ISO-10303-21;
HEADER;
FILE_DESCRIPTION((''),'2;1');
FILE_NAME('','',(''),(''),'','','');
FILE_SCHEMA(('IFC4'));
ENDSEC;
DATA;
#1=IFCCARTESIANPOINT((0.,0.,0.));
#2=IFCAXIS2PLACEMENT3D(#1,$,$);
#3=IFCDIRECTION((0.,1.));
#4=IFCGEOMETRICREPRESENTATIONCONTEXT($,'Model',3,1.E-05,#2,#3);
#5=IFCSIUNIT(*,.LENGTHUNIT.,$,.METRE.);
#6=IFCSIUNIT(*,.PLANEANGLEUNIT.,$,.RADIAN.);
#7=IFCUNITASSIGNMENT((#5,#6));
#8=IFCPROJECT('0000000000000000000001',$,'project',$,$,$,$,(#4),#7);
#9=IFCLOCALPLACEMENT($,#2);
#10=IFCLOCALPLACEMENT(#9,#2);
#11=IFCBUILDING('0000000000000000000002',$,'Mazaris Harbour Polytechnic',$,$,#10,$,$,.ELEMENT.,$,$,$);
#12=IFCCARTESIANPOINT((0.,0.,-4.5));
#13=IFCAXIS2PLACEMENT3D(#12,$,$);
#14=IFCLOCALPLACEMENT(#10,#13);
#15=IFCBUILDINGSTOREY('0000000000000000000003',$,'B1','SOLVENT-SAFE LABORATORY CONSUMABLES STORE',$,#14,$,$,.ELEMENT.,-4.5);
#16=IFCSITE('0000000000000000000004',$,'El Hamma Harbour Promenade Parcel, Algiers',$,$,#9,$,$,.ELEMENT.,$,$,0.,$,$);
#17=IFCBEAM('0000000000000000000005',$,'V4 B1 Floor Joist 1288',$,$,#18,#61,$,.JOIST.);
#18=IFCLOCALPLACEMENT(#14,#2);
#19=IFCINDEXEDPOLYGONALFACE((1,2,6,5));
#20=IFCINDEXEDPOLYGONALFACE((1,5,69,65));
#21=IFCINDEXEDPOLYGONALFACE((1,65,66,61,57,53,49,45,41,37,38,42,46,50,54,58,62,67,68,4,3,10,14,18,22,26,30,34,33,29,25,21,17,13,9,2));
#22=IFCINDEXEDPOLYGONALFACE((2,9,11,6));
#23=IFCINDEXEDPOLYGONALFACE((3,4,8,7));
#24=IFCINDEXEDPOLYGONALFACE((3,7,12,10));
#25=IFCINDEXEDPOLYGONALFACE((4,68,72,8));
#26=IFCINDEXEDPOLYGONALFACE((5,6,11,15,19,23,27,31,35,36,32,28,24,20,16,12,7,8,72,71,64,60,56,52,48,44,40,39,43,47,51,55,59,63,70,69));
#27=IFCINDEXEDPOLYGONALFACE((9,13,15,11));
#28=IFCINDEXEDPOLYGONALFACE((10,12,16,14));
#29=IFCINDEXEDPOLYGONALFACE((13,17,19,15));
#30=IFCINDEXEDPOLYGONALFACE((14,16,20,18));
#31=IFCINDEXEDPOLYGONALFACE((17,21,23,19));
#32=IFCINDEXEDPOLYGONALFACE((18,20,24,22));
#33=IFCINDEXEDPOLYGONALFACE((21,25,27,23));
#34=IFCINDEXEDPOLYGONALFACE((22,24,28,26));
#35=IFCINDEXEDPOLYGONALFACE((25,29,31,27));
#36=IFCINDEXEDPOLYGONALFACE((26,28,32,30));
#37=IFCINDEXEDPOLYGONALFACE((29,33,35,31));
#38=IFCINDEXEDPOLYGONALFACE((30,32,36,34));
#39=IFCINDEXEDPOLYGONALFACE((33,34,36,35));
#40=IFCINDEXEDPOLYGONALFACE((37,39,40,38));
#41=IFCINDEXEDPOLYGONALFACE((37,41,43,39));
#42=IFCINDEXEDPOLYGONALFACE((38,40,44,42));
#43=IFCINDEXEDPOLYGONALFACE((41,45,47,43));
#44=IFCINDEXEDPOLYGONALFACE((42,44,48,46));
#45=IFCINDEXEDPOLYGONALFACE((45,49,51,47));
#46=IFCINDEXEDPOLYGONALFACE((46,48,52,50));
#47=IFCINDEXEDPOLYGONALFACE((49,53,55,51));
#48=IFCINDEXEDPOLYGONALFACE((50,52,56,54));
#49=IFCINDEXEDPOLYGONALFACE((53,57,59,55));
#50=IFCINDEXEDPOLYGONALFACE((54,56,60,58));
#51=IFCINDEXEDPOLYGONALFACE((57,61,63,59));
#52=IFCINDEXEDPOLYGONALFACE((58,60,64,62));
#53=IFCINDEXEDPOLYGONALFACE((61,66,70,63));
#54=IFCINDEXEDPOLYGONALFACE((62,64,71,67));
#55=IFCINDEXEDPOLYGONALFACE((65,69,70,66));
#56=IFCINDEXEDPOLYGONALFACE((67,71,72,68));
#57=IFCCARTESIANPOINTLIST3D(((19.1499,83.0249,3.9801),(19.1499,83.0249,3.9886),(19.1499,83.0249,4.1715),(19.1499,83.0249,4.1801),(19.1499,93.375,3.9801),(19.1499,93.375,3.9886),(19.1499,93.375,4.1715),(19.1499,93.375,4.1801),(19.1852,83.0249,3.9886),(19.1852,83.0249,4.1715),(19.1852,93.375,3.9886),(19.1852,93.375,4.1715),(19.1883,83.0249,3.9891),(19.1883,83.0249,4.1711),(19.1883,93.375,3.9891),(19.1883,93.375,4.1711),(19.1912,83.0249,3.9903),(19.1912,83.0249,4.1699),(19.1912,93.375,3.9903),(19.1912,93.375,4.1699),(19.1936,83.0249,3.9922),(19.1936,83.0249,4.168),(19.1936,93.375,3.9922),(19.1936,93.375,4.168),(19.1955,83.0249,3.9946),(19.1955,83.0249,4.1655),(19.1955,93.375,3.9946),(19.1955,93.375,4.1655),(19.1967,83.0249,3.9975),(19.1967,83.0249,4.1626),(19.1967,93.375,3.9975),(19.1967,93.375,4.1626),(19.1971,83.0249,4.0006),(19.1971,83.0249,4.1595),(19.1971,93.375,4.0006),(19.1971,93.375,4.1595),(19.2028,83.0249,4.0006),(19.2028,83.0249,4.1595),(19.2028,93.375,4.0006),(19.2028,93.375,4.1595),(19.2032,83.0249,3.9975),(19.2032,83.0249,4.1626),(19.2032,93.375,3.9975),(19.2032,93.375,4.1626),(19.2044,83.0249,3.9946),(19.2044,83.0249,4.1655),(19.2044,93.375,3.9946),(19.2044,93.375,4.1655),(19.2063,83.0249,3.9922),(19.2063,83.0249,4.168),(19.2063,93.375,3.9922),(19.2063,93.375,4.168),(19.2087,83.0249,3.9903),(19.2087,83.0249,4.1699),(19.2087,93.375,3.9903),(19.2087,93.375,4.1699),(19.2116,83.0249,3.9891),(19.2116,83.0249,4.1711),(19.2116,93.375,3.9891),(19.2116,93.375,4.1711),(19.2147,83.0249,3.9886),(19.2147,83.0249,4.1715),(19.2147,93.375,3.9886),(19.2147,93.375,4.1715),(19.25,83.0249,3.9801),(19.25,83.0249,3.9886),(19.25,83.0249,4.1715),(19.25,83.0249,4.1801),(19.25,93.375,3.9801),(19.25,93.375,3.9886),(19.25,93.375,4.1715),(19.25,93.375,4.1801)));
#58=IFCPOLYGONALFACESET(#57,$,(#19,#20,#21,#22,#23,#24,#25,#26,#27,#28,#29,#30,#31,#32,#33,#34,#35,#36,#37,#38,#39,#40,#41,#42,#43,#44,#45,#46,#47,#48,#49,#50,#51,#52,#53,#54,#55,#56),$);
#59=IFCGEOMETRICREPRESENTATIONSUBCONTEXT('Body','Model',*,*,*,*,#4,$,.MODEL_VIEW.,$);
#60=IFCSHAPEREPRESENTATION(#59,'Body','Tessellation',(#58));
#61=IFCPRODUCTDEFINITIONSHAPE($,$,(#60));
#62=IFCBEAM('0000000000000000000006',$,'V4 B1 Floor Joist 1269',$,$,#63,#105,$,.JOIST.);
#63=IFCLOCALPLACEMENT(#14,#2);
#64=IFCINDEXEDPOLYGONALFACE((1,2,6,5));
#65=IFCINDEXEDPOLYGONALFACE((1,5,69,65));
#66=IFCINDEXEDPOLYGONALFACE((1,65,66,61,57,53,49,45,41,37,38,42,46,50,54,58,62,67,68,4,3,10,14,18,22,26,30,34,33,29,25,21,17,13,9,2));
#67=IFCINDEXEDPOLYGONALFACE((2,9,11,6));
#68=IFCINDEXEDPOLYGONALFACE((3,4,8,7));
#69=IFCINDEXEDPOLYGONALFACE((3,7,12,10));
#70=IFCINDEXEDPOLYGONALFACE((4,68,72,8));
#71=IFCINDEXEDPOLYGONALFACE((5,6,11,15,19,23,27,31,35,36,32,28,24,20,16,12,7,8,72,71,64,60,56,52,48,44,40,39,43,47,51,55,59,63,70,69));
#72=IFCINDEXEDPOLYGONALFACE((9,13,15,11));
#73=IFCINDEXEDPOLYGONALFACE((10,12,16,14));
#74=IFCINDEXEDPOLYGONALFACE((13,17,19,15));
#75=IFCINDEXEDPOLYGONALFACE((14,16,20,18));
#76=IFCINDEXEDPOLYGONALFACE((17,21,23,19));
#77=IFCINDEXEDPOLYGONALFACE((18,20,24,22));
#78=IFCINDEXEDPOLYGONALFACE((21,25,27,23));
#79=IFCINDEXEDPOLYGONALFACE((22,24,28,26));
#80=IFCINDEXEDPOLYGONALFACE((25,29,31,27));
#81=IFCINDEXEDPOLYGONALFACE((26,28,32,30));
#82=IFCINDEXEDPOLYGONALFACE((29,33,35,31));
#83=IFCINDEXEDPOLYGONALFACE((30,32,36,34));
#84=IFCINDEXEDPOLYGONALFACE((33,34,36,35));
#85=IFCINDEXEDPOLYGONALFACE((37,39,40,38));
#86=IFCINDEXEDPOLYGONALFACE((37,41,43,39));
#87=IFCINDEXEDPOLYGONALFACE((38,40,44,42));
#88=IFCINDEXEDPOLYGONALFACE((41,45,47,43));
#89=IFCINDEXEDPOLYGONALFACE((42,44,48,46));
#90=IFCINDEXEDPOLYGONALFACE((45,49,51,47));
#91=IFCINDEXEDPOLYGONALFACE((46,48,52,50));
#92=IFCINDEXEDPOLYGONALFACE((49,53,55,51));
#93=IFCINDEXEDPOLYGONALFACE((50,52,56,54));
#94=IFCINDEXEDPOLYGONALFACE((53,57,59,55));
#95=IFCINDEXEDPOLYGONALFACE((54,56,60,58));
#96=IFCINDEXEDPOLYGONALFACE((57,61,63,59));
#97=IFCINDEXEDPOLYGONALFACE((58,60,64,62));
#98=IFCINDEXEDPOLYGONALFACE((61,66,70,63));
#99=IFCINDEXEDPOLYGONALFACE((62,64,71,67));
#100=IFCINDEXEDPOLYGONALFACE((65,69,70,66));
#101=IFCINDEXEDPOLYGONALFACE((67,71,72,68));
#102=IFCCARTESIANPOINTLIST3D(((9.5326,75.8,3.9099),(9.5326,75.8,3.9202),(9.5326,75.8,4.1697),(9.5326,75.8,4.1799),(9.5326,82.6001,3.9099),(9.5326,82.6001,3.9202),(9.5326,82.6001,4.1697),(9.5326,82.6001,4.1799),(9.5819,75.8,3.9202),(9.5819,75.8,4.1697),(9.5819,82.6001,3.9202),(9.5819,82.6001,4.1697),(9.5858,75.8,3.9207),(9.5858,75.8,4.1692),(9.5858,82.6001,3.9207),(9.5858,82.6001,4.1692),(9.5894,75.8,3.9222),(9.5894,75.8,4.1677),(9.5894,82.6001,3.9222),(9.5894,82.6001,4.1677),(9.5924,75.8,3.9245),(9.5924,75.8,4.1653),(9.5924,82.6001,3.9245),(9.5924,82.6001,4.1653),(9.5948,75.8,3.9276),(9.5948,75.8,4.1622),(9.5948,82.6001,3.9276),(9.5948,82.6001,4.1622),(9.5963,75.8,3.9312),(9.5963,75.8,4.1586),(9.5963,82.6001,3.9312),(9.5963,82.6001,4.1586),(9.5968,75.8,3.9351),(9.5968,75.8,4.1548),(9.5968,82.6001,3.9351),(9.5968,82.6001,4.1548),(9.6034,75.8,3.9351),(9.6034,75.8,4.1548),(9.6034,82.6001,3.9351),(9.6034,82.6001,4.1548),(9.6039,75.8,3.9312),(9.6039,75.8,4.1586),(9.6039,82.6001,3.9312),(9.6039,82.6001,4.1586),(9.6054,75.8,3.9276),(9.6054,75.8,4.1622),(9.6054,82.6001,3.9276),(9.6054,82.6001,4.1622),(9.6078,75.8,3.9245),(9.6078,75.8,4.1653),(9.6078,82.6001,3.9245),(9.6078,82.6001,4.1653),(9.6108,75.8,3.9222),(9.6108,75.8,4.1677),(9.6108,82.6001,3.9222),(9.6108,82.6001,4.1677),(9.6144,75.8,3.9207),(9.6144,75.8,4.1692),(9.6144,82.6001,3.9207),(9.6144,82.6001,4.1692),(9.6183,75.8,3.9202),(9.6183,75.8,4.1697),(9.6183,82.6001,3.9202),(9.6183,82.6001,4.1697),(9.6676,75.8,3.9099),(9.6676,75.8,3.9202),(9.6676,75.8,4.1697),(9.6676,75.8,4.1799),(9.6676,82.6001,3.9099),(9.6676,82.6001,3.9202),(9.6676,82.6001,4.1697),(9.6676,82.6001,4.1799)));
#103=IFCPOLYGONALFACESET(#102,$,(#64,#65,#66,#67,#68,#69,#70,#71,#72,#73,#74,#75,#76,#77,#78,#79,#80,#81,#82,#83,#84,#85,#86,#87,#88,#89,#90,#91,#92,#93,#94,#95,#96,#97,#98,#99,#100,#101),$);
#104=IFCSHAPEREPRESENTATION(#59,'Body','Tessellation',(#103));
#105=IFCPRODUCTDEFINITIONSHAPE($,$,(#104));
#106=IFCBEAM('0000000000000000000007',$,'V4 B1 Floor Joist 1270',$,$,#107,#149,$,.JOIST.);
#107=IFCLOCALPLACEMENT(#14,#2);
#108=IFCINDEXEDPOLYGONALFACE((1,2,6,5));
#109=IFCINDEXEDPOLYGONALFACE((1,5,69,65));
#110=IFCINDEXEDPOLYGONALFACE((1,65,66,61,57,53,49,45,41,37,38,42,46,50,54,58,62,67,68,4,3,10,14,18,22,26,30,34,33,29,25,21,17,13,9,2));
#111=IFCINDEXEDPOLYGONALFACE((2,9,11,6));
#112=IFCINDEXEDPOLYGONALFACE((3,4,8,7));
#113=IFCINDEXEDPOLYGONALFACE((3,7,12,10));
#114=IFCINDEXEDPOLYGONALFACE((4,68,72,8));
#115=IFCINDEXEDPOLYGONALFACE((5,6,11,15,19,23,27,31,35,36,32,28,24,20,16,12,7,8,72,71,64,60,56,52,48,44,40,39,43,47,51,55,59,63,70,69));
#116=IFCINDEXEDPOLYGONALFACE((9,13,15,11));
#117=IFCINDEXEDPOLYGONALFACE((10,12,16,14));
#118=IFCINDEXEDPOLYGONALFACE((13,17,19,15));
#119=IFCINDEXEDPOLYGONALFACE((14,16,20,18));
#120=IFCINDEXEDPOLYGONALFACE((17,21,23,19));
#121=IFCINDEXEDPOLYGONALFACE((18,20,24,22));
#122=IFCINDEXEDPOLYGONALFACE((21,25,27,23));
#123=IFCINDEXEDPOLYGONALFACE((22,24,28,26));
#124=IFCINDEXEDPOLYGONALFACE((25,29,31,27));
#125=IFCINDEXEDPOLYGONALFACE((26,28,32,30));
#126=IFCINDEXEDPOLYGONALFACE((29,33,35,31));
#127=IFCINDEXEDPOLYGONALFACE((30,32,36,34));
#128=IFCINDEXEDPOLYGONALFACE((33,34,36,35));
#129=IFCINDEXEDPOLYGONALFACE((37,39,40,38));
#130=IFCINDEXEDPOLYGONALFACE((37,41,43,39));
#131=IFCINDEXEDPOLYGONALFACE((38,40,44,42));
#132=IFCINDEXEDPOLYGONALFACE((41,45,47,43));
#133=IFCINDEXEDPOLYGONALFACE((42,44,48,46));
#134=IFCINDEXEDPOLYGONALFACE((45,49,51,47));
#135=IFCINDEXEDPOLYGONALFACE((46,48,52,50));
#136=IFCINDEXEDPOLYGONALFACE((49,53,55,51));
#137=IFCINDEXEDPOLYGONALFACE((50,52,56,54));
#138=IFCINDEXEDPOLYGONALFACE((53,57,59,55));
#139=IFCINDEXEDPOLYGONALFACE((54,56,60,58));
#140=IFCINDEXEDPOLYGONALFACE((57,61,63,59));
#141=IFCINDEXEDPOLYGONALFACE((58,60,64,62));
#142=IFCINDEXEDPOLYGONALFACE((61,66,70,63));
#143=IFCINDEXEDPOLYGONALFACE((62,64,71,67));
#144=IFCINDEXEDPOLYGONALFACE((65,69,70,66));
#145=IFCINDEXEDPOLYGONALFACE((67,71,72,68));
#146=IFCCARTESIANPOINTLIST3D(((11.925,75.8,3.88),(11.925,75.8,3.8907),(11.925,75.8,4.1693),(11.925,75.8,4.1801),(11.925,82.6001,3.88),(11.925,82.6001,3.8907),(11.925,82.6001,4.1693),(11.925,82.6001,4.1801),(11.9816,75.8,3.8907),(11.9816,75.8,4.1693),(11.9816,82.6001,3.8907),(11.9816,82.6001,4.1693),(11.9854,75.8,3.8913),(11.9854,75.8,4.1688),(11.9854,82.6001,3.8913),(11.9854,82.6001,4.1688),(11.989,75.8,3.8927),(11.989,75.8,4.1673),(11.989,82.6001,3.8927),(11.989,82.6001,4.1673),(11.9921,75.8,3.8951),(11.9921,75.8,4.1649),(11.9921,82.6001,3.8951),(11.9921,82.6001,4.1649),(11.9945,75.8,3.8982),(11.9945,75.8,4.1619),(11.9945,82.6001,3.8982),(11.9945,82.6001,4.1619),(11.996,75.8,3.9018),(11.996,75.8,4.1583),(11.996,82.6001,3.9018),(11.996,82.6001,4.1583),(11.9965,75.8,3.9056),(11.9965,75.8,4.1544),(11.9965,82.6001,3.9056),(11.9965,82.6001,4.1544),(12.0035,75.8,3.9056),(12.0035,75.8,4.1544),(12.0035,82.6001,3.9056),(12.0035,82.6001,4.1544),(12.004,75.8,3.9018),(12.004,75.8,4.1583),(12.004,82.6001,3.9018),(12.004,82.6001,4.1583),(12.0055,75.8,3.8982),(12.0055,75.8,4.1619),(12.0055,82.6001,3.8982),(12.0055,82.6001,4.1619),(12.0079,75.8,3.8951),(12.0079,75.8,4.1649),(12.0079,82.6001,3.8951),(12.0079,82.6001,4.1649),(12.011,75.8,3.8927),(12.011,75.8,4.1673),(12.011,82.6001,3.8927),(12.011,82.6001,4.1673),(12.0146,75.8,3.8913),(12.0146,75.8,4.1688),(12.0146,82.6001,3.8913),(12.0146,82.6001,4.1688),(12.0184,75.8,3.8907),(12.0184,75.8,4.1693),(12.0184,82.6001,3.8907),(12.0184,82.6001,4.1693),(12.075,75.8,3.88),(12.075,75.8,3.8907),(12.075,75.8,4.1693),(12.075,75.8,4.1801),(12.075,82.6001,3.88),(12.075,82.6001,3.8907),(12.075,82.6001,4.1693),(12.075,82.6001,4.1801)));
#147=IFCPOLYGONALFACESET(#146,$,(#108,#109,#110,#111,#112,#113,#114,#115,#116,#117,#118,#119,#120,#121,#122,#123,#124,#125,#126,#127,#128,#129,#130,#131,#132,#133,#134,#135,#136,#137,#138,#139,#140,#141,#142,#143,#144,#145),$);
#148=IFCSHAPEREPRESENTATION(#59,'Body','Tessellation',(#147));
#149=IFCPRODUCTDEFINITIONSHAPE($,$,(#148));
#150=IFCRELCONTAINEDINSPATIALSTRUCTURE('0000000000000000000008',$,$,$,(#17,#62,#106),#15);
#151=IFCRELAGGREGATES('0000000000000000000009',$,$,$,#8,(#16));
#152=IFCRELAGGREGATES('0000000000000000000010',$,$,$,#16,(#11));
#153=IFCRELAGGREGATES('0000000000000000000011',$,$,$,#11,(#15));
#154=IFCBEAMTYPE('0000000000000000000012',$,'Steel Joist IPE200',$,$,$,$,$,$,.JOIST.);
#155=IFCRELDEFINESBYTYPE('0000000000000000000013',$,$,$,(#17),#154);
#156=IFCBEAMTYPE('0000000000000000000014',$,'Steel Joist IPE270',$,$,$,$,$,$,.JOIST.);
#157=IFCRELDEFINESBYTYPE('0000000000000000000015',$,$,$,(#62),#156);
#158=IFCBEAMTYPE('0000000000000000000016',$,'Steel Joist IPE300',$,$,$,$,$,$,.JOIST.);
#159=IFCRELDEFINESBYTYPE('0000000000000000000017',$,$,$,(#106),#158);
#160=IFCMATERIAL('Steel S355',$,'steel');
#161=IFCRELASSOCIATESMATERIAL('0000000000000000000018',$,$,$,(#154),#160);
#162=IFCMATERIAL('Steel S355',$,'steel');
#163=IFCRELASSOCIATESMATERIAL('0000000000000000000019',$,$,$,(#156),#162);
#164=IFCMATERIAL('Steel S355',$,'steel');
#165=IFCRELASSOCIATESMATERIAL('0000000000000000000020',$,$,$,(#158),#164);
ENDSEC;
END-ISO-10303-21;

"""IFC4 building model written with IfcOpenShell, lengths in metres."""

from ifc_helpers import new_model, si_unit, direction, frame, origin, origin_2d, place, context, subcontext, project, spatial, i_section, extrude, material, material_profile, profile_set, type_object, element, save


model = new_model("IFC4")

# Units and contexts
model_context = context("Model", 3, precision=1e-05, world=origin(), true_north=direction((0.0, 1.0)))
body_context = subcontext(model_context, "Body", "Model", "MODEL_VIEW")
ifc_project = project(units=[si_unit("LENGTHUNIT", "METRE"), si_unit("PLANEANGLEUNIT", "RADIAN")], contexts=[model_context])

# Site, building, storey
site_placement = place(None, origin())
site = spatial("IfcSite", under=ifc_project, at=site_placement, Name="El Hamma Harbour Promenade Parcel, Algiers", CompositionType="ELEMENT", RefElevation=0.0)
building_placement = place(site_placement, origin())
building = spatial("IfcBuilding", under=site, at=building_placement, Name="Mazaris Harbour Polytechnic", CompositionType="ELEMENT")
storey_placement = place(building_placement, frame((0.0, 0.0, -4.5)))
storey = spatial("IfcBuildingStorey", under=building, at=storey_placement, Name="B1", Description="SOLVENT-SAFE LABORATORY CONSUMABLES STORE", CompositionType="ELEMENT", Elevation=-4.5)

# Beams
ifc_material_1 = material(Name="Steel S355", Category="steel")
ifc_material_profile_1 = material_profile(ifc_material_1, i_section(OverallWidth=0.1001, OverallDepth=0.2, WebThickness=0.0056, FlangeThickness=0.0085, FilletRadius=0.012, at=origin_2d()), Name="IPE 200")
ifc_profile_set_1 = profile_set([ifc_material_profile_1], Name="Steel S355")
beam_type_1 = type_object("IfcBeamType", Name="Steel Joist IPE200", PredefinedType="JOIST", material=ifc_profile_set_1)
beam_1_placement = place(storey_placement, frame((19.2, 83.0249, 4.0801), z_axis=(0.0, 1.0, 0.0), x_axis=(-1.0, 0.0, 0.0)))
element("IfcBeam", 1, at=beam_1_placement, inside=storey, type_object=beam_type_1, Name="V4 B1 Floor Joist 1288", PredefinedType="JOIST", context=body_context, shape_type="SweptSolid", body=[
    extrude(i_section(OverallWidth=0.1001, OverallDepth=0.2, WebThickness=0.0056, FlangeThickness=0.0085, FilletRadius=0.012, at=origin_2d()), origin(), (0.0, 0.0, 1.0), 10.3501),
])
ifc_material_2 = material(Name="Steel S355", Category="steel")
ifc_material_profile_2 = material_profile(ifc_material_2, i_section(OverallWidth=0.135, OverallDepth=0.27, WebThickness=0.0066, FlangeThickness=0.0103, FilletRadius=0.0149, at=origin_2d()), Name="IPE 270")
ifc_profile_set_2 = profile_set([ifc_material_profile_2], Name="Steel S355")
beam_type_2 = type_object("IfcBeamType", Name="Steel Joist IPE270", PredefinedType="JOIST", material=ifc_profile_set_2)
beam_2_placement = place(storey_placement, frame((9.6001, 75.8, 4.0449), z_axis=(0.0, 1.0, 0.0), x_axis=(-1.0, 0.0, 0.0)))
element("IfcBeam", 2, at=beam_2_placement, inside=storey, type_object=beam_type_2, Name="V4 B1 Floor Joist 1269", PredefinedType="JOIST", context=body_context, shape_type="SweptSolid", body=[
    extrude(i_section(OverallWidth=0.135, OverallDepth=0.27, WebThickness=0.0066, FlangeThickness=0.0103, FilletRadius=0.0149, at=origin_2d()), origin(), (0.0, 0.0, 1.0), 6.8),
])
ifc_material_3 = material(Name="Steel S355", Category="steel")
ifc_material_profile_3 = material_profile(ifc_material_3, i_section(OverallWidth=0.1499, OverallDepth=0.3, WebThickness=0.0071, FlangeThickness=0.0107, FilletRadius=0.0149, at=origin_2d()), Name="IPE 300")
ifc_profile_set_3 = profile_set([ifc_material_profile_3], Name="Steel S355")
beam_type_3 = type_object("IfcBeamType", Name="Steel Joist IPE300", PredefinedType="JOIST", material=ifc_profile_set_3)
beam_3_placement = place(storey_placement, frame((12.0, 75.8, 4.03), z_axis=(0.0, 1.0, 0.0), x_axis=(-1.0, 0.0, 0.0)))
element("IfcBeam", 3, at=beam_3_placement, inside=storey, type_object=beam_type_3, Name="V4 B1 Floor Joist 1270", PredefinedType="JOIST", context=body_context, shape_type="SweptSolid", body=[
    extrude(i_section(OverallWidth=0.1499, OverallDepth=0.3, WebThickness=0.0071, FlangeThickness=0.0107, FilletRadius=0.0149, at=origin_2d()), origin(), (0.0, 0.0, 1.0), 6.8),
])

save(model, "model.ifc")
